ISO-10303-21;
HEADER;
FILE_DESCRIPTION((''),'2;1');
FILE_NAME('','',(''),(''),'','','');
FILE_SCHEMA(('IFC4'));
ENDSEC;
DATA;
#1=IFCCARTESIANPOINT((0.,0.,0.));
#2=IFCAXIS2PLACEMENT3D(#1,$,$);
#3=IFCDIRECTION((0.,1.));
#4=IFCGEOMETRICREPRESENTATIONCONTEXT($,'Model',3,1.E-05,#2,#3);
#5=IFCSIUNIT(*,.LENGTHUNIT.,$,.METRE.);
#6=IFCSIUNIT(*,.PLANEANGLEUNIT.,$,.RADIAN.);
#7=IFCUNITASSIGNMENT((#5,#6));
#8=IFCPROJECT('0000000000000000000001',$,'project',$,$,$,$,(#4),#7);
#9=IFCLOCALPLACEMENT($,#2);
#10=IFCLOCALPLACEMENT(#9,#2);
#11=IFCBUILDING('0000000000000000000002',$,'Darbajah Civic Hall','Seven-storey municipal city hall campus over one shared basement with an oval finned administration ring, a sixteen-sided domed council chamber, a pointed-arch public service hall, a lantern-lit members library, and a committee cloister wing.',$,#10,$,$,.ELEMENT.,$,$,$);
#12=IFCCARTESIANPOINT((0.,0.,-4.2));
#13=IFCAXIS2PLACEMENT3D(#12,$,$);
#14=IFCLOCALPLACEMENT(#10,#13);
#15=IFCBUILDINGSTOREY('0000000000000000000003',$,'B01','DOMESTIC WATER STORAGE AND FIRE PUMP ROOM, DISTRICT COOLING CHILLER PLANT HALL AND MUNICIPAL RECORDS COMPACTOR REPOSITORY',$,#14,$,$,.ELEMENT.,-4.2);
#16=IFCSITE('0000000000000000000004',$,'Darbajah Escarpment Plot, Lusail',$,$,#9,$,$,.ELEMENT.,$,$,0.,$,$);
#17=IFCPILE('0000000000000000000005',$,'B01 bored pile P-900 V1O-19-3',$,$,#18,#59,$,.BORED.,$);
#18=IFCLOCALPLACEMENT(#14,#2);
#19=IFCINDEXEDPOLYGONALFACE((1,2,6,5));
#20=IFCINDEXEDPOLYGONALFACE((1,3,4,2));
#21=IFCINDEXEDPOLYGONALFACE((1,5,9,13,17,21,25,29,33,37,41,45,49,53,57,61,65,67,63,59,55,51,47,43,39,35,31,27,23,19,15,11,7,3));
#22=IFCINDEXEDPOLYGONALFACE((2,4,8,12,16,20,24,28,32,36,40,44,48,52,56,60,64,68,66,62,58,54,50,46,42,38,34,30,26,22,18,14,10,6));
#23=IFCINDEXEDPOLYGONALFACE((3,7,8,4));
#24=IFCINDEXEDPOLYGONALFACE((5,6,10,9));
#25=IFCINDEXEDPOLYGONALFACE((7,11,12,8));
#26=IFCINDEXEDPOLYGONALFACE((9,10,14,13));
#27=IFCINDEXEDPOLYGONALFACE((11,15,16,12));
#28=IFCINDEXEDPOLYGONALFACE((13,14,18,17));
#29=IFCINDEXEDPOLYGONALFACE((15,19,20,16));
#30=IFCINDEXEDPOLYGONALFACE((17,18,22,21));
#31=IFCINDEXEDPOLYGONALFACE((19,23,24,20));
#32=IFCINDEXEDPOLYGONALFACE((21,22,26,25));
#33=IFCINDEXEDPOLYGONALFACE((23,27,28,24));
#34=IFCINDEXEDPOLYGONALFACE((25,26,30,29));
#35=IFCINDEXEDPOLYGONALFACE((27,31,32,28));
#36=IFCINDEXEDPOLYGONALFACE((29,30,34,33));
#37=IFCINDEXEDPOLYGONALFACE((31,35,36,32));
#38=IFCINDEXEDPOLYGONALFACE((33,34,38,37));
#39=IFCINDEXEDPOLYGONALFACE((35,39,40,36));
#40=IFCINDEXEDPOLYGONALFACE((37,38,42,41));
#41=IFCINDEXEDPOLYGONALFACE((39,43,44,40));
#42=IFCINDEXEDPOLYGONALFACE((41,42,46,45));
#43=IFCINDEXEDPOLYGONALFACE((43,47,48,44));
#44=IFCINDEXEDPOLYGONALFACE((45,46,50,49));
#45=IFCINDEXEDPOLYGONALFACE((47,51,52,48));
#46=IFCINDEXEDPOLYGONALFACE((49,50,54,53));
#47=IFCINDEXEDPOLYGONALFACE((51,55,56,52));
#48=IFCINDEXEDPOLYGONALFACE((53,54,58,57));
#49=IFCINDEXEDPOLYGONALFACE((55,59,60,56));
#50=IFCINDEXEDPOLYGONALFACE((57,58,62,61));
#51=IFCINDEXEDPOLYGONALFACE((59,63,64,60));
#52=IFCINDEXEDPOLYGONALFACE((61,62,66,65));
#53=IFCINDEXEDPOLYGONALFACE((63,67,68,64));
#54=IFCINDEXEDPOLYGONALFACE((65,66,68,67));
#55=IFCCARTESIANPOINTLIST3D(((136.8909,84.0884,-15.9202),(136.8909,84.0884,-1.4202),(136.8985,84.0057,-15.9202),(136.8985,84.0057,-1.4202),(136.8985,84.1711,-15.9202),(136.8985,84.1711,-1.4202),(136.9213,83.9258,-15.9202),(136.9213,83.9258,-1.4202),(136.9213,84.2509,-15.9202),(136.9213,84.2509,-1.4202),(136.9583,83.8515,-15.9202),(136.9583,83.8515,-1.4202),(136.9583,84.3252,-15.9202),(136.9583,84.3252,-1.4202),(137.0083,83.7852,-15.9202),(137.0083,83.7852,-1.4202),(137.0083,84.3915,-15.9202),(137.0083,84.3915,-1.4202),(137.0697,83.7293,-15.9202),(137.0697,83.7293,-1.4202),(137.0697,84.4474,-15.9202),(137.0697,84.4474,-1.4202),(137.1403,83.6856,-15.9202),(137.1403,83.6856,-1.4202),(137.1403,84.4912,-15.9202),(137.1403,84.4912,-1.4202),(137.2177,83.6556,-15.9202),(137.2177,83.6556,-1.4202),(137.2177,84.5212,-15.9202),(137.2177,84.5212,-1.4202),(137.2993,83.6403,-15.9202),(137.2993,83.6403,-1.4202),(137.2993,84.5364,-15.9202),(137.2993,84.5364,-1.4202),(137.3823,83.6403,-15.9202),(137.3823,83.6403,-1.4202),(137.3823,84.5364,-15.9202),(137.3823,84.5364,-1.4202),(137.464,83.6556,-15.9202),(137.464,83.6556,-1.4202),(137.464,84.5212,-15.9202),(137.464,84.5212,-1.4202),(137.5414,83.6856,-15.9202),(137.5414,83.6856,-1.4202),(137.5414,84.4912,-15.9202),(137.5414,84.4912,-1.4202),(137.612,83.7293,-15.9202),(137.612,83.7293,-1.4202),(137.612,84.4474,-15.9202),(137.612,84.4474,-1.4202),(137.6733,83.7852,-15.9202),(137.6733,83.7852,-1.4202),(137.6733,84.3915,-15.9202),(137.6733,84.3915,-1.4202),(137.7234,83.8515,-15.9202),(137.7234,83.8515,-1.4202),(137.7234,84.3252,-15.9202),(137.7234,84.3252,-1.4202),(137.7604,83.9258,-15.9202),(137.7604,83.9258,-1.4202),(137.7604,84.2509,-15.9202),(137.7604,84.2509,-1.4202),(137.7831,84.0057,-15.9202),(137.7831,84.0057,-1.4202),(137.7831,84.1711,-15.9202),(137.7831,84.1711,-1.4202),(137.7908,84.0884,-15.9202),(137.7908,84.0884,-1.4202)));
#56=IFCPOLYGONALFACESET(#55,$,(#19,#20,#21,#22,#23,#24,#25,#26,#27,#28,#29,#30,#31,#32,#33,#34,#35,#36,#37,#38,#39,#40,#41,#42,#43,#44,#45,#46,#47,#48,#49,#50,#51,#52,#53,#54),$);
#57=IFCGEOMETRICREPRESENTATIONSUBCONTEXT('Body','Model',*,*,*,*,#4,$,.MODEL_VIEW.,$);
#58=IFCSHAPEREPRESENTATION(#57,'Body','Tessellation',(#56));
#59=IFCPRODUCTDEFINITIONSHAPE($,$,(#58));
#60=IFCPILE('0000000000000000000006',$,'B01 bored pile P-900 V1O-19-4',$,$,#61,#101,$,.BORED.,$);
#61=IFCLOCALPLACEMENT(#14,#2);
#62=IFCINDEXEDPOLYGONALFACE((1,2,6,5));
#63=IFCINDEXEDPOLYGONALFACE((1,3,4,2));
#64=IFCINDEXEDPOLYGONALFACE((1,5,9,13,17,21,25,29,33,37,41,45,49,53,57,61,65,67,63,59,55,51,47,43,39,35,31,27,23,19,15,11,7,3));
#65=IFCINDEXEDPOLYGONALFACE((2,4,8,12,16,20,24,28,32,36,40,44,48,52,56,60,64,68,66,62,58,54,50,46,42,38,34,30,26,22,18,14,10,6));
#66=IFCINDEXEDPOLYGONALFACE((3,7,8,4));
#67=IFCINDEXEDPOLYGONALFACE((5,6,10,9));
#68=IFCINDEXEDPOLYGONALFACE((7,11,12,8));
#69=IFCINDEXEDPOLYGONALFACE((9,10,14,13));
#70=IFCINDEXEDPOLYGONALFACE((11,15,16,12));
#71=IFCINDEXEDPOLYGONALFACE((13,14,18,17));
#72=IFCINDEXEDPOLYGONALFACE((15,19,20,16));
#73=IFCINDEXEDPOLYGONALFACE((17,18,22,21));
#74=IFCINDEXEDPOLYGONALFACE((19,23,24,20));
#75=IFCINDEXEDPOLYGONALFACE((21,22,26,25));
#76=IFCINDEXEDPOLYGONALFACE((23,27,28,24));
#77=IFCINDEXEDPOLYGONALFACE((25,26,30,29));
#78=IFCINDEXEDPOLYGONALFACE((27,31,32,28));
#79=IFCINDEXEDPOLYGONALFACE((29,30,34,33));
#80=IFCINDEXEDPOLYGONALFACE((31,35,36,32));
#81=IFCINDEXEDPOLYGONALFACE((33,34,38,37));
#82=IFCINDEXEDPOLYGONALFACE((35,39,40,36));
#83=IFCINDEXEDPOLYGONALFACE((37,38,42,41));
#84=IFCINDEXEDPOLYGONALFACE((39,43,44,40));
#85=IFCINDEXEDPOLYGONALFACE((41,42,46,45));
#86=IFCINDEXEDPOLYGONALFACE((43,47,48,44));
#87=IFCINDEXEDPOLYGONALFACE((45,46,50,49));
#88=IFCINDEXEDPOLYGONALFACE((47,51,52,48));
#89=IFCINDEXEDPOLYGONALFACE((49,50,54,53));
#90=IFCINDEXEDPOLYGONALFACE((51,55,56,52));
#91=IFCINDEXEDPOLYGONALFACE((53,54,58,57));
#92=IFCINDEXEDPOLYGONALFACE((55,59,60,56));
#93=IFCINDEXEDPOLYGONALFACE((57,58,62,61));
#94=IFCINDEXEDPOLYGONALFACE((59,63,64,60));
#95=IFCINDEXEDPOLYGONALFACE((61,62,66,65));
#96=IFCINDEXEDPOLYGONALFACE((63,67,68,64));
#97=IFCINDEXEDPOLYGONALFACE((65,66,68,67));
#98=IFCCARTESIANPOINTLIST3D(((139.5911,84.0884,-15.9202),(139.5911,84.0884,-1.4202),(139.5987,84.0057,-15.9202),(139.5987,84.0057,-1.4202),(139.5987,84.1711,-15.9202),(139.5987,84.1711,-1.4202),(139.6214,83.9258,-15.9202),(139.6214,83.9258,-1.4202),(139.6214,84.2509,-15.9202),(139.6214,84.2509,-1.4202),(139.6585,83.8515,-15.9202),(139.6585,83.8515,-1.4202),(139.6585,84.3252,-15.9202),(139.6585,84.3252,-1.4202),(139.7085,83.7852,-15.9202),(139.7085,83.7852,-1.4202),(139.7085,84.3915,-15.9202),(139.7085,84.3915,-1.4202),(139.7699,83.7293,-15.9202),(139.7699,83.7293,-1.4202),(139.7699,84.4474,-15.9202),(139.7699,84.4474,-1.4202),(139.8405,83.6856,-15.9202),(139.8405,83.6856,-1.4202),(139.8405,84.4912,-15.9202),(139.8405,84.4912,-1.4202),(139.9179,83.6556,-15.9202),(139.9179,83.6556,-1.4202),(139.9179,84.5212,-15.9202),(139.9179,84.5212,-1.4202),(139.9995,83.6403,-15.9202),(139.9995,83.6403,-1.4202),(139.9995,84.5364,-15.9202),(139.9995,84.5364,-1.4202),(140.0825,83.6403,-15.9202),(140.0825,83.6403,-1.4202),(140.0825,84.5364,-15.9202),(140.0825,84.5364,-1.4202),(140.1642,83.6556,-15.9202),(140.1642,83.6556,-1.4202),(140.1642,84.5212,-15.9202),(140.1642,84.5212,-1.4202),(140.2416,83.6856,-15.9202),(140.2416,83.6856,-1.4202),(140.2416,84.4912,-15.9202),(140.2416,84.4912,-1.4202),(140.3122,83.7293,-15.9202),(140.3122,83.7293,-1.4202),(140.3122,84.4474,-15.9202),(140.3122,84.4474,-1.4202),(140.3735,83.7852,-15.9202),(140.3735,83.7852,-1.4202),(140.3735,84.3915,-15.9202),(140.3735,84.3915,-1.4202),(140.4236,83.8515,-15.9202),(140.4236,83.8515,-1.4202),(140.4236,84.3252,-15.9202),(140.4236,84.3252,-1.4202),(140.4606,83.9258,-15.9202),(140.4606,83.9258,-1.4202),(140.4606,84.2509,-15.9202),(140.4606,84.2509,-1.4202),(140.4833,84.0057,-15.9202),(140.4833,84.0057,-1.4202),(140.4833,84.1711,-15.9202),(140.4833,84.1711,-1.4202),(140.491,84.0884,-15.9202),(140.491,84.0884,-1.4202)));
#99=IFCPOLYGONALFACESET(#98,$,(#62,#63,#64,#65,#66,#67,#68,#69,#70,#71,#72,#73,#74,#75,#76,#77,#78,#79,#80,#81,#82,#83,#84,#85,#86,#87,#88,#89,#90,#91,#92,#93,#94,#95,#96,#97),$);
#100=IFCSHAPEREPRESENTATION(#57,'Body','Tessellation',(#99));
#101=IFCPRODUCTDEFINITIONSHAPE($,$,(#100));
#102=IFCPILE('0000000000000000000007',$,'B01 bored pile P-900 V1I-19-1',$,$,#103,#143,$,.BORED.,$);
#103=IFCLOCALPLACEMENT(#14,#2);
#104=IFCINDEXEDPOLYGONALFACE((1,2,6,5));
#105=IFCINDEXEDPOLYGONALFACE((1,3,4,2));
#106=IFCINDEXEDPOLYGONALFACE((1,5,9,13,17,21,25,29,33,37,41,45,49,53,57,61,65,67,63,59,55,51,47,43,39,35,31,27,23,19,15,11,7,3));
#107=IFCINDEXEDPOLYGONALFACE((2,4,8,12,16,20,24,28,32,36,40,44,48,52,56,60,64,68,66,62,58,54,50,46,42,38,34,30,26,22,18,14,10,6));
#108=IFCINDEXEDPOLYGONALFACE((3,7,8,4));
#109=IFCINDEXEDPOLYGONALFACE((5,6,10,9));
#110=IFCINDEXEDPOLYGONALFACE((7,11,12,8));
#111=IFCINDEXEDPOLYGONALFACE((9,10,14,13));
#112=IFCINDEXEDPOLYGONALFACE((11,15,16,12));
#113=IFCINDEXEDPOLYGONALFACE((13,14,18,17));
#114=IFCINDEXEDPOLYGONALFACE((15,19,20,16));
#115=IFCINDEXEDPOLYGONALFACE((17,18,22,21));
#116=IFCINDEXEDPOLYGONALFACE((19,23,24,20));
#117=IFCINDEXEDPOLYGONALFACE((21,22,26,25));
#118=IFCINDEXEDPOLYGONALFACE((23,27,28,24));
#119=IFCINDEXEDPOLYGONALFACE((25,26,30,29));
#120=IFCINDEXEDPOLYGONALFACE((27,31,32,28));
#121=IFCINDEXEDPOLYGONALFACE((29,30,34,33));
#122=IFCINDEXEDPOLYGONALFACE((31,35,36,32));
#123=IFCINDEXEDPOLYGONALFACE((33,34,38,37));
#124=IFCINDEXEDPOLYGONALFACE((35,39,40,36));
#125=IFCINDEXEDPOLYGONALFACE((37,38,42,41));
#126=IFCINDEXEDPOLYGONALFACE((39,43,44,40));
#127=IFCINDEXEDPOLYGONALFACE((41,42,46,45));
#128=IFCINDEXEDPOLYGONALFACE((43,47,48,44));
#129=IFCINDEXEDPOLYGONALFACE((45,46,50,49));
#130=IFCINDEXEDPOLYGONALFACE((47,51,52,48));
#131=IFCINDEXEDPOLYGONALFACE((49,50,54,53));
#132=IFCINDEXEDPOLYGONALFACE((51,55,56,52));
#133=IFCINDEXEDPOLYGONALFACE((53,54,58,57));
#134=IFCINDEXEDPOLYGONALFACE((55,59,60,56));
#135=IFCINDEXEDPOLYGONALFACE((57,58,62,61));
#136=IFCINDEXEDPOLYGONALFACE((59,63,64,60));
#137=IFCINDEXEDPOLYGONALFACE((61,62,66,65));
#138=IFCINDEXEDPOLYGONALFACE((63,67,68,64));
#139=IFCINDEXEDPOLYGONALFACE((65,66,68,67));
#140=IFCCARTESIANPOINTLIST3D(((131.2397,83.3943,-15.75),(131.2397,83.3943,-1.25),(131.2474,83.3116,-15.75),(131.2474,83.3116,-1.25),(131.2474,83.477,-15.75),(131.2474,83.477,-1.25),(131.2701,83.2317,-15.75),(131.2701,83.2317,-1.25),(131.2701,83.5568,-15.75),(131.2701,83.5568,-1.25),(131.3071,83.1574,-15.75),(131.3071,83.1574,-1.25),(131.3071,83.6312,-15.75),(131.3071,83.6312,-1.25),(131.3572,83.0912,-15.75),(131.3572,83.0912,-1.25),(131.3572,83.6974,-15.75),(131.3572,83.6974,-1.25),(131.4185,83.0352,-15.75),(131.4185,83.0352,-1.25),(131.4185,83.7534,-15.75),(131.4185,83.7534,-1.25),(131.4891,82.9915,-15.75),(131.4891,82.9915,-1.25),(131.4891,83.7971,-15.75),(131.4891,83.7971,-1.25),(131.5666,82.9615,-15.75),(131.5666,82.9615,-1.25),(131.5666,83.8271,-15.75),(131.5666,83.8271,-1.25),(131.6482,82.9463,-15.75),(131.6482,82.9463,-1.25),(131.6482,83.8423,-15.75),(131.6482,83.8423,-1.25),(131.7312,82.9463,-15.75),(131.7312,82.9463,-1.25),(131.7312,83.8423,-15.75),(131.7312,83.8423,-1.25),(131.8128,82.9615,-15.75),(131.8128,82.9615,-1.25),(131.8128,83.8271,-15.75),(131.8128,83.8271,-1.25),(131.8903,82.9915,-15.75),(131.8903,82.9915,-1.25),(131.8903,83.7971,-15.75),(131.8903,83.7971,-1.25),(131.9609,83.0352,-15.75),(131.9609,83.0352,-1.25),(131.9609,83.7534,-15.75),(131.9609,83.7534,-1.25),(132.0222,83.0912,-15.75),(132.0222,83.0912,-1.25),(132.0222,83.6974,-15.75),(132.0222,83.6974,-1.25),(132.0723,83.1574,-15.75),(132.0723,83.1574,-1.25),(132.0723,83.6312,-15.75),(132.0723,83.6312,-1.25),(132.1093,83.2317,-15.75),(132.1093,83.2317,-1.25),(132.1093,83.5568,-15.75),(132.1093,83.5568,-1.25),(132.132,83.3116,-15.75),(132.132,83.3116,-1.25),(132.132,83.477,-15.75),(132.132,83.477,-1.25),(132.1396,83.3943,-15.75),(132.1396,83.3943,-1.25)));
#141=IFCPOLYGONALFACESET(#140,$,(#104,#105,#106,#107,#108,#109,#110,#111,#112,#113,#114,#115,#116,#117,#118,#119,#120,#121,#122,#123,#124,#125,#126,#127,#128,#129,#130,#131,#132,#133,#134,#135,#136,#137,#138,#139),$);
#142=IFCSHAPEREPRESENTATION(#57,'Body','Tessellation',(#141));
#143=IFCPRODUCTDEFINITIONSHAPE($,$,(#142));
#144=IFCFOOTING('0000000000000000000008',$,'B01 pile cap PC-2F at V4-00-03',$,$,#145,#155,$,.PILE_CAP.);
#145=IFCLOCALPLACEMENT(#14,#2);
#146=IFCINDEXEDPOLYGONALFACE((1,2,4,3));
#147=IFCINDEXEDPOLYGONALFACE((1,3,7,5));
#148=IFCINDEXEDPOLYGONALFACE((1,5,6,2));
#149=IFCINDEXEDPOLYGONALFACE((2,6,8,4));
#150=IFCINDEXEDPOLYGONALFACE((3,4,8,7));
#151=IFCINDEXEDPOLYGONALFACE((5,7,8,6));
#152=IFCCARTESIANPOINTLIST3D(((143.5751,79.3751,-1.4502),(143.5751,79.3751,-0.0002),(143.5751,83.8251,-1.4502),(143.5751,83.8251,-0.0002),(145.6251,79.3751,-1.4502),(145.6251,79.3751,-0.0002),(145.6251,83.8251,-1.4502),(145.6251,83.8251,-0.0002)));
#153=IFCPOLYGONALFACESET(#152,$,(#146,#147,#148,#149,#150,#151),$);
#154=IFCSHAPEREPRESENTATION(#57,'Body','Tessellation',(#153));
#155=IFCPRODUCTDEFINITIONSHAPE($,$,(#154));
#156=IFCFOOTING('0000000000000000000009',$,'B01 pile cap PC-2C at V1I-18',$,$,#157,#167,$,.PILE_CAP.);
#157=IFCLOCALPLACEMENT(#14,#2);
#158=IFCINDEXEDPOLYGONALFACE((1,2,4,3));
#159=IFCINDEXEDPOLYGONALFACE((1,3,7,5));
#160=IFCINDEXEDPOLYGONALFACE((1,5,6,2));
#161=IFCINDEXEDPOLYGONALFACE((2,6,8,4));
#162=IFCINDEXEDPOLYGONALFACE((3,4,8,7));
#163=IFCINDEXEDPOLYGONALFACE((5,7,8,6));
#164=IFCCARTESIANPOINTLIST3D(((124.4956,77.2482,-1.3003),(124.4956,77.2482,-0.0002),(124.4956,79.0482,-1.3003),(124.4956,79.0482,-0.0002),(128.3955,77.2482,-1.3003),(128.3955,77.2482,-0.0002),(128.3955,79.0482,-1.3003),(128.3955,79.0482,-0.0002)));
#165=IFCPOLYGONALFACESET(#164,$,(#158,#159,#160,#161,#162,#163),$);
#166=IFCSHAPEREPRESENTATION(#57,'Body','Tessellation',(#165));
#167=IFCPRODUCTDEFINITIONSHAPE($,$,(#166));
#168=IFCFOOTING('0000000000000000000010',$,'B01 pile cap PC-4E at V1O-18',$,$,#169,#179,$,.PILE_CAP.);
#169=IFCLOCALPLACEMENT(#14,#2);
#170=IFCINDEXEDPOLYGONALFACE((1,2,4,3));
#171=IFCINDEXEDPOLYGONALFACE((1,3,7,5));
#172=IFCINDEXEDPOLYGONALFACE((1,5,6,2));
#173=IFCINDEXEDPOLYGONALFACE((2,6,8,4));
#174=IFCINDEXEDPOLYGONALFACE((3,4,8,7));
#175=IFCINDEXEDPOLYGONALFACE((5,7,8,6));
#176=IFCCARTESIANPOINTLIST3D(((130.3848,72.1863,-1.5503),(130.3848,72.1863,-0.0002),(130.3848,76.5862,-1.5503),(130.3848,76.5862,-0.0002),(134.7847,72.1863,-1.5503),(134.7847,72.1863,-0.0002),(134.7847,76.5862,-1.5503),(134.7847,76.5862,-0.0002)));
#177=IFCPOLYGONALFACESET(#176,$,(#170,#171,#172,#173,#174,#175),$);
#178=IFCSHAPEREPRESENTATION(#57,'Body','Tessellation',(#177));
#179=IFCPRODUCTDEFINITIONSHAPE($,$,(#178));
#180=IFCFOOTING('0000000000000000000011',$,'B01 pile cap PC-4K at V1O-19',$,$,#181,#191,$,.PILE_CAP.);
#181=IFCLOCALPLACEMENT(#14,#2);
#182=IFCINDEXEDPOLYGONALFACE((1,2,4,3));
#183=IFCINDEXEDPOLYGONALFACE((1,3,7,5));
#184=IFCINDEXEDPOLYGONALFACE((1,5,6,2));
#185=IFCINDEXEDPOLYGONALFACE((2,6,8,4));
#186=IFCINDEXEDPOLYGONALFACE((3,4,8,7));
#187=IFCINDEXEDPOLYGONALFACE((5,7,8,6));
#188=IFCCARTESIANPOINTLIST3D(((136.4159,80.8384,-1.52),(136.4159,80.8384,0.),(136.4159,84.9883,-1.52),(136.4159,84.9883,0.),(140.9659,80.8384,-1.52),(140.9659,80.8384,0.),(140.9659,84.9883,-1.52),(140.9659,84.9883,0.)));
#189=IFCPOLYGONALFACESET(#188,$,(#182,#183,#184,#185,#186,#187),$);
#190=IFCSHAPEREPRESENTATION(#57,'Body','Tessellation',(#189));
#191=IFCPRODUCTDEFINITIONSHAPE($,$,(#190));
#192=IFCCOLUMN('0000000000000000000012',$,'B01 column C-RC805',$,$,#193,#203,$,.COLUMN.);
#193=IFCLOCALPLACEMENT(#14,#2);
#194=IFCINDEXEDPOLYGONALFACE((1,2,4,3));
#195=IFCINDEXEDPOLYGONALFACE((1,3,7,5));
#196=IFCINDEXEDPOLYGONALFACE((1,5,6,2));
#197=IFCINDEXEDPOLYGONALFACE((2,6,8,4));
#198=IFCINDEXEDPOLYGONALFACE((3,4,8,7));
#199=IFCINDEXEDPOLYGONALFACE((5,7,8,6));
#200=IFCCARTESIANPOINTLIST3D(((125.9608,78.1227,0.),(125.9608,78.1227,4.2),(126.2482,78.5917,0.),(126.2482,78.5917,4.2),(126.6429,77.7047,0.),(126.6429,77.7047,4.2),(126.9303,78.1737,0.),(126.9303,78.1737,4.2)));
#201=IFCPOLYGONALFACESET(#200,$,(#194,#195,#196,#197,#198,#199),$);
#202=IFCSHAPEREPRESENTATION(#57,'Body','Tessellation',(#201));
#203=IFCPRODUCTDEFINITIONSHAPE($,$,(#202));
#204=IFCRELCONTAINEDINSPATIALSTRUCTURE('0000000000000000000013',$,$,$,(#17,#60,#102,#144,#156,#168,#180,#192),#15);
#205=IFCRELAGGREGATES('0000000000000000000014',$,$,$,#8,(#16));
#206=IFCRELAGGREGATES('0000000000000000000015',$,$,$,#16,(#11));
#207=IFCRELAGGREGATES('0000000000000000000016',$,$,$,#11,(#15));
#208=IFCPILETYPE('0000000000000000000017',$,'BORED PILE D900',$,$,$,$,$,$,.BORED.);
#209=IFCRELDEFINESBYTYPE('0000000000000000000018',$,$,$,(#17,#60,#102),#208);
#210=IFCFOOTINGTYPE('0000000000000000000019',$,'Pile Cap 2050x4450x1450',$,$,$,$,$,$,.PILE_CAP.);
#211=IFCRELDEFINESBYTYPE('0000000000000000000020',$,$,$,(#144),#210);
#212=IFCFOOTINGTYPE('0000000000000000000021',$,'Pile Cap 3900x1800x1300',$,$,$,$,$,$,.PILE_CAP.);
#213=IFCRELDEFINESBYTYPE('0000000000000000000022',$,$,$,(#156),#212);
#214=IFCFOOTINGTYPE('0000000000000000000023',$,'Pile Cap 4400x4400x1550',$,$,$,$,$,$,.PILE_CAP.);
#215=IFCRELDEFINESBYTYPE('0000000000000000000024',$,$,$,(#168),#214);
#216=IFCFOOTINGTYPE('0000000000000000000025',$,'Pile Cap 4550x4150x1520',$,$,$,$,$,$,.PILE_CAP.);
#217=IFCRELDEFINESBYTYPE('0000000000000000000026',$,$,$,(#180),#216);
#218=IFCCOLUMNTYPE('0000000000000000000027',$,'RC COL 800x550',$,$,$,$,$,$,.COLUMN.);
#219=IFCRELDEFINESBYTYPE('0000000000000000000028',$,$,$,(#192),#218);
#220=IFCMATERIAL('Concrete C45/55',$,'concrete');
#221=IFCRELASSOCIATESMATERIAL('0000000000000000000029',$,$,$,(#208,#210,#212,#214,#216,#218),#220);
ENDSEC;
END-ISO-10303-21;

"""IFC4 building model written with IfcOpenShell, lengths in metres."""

from ifc_helpers import new_model, si_unit, direction, frame, origin, origin_2d, place, context, subcontext, project, spatial, rectangle, circle, extrude, material, material_profile, profile_set, type_object, element, save


model = new_model("IFC4")

# Units and contexts
model_context = context("Model", 3, precision=1e-05, world=origin(), true_north=direction((0.0, 1.0)))
body_context = subcontext(model_context, "Body", "Model", "MODEL_VIEW")
ifc_project = project(units=[si_unit("LENGTHUNIT", "METRE"), si_unit("PLANEANGLEUNIT", "RADIAN")], contexts=[model_context])

# Site, building, storey
site_placement = place(None, origin())
site = spatial("IfcSite", under=ifc_project, at=site_placement, Name="Darbajah Escarpment Plot, Lusail", CompositionType="ELEMENT", RefElevation=0.0)
building_placement = place(site_placement, origin())
building = spatial("IfcBuilding", under=site, at=building_placement, Name="Darbajah Civic Hall", Description="Seven-storey municipal city hall campus over one shared basement with an oval finned administration ring, a sixteen-sided domed council chamber, a pointed-arch public service hall, a lantern-lit members library, and a committee cloister wing.", CompositionType="ELEMENT")
storey_placement = place(building_placement, frame((0.0, 0.0, -4.2)))
storey = spatial("IfcBuildingStorey", under=building, at=storey_placement, Name="B01", Description="DOMESTIC WATER STORAGE AND FIRE PUMP ROOM, DISTRICT COOLING CHILLER PLANT HALL AND MUNICIPAL RECORDS COMPACTOR REPOSITORY", CompositionType="ELEMENT", Elevation=-4.2)

# Piles
ifc_material_1 = material(Name="Concrete C45/55", Category="concrete")
ifc_material_profile_1 = material_profile(ifc_material_1, circle(Radius=0.45, at=origin_2d()), Name="BORED PILE D900")
ifc_profile_set_1 = profile_set([ifc_material_profile_1], Name="Concrete C45/55")
pile_type_1 = type_object("IfcPileType", Name="BORED PILE D900", PredefinedType="BORED", material=ifc_profile_set_1)
for number, where, z_axis, x_axis, name in (
    (1, (137.3408, 84.0884, -1.4202), (0.0, 0.0, -1.0), (1.0, 0.0, 0.0), "B01 bored pile P-900 V1O-19-3"),
    (2, (140.041, 84.0884, -1.4202), (0.0, 0.0, -1.0), (1.0, 0.0, 0.0), "B01 bored pile P-900 V1O-19-4"),
    (3, (131.6897, 83.3943, -1.25), (0.0, 0.0, -1.0), (1.0, 0.0, 0.0), "B01 bored pile P-900 V1I-19-1"),
):
    element("IfcPile", number, at=place(storey_placement, frame(where, z_axis=z_axis, x_axis=x_axis)), inside=storey, type_object=pile_type_1, Name=name, PredefinedType="BORED", context=body_context, shape_type="SweptSolid", body=[
        extrude(circle(Radius=0.45, at=origin_2d()), origin(), (0.0, 0.0, 1.0), 14.5),
    ])

# Footings
footing_type_1 = type_object("IfcFootingType", Name="Pile Cap 2050x4450x1450", PredefinedType="PILE_CAP", material=ifc_material_1)
footing_1_placement = place(storey_placement, frame((144.6001, 81.6001, -1.4502), z_axis=(0.0, 0.0, 1.0), x_axis=(1.0, 0.0, 0.0)))
element("IfcFooting", 4, at=footing_1_placement, inside=storey, type_object=footing_type_1, Name="B01 pile cap PC-2F at V4-00-03", PredefinedType="PILE_CAP", context=body_context, shape_type="SweptSolid", body=[
    extrude(rectangle(XDim=2.05, YDim=4.45, at=origin_2d()), origin(), (0.0, 0.0, 1.0), 1.45),
])
footing_type_2 = type_object("IfcFootingType", Name="Pile Cap 3900x1800x1300", PredefinedType="PILE_CAP", material=ifc_material_1)
footing_2_placement = place(storey_placement, frame((126.4456, 78.1482, -1.3003), z_axis=(0.0, 0.0, 1.0), x_axis=(1.0, 0.0, 0.0)))
element("IfcFooting", 5, at=footing_2_placement, inside=storey, type_object=footing_type_2, Name="B01 pile cap PC-2C at V1I-18", PredefinedType="PILE_CAP", context=body_context, shape_type="SweptSolid", body=[
    extrude(rectangle(XDim=3.8999, YDim=1.8, at=origin_2d()), origin(), (0.0, 0.0, 1.0), 1.3),
])
footing_type_3 = type_object("IfcFootingType", Name="Pile Cap 4400x4400x1550", PredefinedType="PILE_CAP", material=ifc_material_1)
footing_3_placement = place(storey_placement, frame((132.5847, 74.3862, -1.5503), z_axis=(0.0, 0.0, 1.0), x_axis=(1.0, 0.0, 0.0)))
element("IfcFooting", 6, at=footing_3_placement, inside=storey, type_object=footing_type_3, Name="B01 pile cap PC-4E at V1O-18", PredefinedType="PILE_CAP", context=body_context, shape_type="SweptSolid", body=[
    extrude(rectangle(XDim=4.3999, YDim=4.3999, at=origin_2d()), origin(), (0.0, 0.0, 1.0), 1.55),
])
footing_type_4 = type_object("IfcFootingType", Name="Pile Cap 4550x4150x1520", PredefinedType="PILE_CAP", material=ifc_material_1)
footing_4_placement = place(storey_placement, frame((138.6909, 82.9133, -1.52), z_axis=(0.0, 0.0, 1.0), x_axis=(1.0, 0.0, 0.0)))
element("IfcFooting", 7, at=footing_4_placement, inside=storey, type_object=footing_type_4, Name="B01 pile cap PC-4K at V1O-19", PredefinedType="PILE_CAP", context=body_context, shape_type="SweptSolid", body=[
    extrude(rectangle(XDim=4.55, YDim=4.1499, at=origin_2d()), origin(), (0.0, 0.0, 1.0), 1.52),
])

# Column
ifc_material_profile_2 = material_profile(ifc_material_1, rectangle(XDim=0.8, YDim=0.55, at=origin_2d()), Name="RC COL 800x550")
ifc_profile_set_2 = profile_set([ifc_material_profile_2], Name="Concrete C45/55")
column_type_1 = type_object("IfcColumnType", Name="RC COL 800x550", PredefinedType="COLUMN", material=ifc_profile_set_2)
column_1_placement = place(storey_placement, frame((126.4456, 78.1482, 0.0), z_axis=(0.0, 0.0, 1.0), x_axis=(0.85264, -0.522499, 0.0)))
element("IfcColumn", 8, at=column_1_placement, inside=storey, type_object=column_type_1, Name="B01 column C-RC805", PredefinedType="COLUMN", context=body_context, shape_type="SweptSolid", body=[
    extrude(rectangle(XDim=0.8, YDim=0.55, at=origin_2d()), origin(), (0.0, 0.0, 1.0), 4.2),
])

save(model, "model.ifc")
